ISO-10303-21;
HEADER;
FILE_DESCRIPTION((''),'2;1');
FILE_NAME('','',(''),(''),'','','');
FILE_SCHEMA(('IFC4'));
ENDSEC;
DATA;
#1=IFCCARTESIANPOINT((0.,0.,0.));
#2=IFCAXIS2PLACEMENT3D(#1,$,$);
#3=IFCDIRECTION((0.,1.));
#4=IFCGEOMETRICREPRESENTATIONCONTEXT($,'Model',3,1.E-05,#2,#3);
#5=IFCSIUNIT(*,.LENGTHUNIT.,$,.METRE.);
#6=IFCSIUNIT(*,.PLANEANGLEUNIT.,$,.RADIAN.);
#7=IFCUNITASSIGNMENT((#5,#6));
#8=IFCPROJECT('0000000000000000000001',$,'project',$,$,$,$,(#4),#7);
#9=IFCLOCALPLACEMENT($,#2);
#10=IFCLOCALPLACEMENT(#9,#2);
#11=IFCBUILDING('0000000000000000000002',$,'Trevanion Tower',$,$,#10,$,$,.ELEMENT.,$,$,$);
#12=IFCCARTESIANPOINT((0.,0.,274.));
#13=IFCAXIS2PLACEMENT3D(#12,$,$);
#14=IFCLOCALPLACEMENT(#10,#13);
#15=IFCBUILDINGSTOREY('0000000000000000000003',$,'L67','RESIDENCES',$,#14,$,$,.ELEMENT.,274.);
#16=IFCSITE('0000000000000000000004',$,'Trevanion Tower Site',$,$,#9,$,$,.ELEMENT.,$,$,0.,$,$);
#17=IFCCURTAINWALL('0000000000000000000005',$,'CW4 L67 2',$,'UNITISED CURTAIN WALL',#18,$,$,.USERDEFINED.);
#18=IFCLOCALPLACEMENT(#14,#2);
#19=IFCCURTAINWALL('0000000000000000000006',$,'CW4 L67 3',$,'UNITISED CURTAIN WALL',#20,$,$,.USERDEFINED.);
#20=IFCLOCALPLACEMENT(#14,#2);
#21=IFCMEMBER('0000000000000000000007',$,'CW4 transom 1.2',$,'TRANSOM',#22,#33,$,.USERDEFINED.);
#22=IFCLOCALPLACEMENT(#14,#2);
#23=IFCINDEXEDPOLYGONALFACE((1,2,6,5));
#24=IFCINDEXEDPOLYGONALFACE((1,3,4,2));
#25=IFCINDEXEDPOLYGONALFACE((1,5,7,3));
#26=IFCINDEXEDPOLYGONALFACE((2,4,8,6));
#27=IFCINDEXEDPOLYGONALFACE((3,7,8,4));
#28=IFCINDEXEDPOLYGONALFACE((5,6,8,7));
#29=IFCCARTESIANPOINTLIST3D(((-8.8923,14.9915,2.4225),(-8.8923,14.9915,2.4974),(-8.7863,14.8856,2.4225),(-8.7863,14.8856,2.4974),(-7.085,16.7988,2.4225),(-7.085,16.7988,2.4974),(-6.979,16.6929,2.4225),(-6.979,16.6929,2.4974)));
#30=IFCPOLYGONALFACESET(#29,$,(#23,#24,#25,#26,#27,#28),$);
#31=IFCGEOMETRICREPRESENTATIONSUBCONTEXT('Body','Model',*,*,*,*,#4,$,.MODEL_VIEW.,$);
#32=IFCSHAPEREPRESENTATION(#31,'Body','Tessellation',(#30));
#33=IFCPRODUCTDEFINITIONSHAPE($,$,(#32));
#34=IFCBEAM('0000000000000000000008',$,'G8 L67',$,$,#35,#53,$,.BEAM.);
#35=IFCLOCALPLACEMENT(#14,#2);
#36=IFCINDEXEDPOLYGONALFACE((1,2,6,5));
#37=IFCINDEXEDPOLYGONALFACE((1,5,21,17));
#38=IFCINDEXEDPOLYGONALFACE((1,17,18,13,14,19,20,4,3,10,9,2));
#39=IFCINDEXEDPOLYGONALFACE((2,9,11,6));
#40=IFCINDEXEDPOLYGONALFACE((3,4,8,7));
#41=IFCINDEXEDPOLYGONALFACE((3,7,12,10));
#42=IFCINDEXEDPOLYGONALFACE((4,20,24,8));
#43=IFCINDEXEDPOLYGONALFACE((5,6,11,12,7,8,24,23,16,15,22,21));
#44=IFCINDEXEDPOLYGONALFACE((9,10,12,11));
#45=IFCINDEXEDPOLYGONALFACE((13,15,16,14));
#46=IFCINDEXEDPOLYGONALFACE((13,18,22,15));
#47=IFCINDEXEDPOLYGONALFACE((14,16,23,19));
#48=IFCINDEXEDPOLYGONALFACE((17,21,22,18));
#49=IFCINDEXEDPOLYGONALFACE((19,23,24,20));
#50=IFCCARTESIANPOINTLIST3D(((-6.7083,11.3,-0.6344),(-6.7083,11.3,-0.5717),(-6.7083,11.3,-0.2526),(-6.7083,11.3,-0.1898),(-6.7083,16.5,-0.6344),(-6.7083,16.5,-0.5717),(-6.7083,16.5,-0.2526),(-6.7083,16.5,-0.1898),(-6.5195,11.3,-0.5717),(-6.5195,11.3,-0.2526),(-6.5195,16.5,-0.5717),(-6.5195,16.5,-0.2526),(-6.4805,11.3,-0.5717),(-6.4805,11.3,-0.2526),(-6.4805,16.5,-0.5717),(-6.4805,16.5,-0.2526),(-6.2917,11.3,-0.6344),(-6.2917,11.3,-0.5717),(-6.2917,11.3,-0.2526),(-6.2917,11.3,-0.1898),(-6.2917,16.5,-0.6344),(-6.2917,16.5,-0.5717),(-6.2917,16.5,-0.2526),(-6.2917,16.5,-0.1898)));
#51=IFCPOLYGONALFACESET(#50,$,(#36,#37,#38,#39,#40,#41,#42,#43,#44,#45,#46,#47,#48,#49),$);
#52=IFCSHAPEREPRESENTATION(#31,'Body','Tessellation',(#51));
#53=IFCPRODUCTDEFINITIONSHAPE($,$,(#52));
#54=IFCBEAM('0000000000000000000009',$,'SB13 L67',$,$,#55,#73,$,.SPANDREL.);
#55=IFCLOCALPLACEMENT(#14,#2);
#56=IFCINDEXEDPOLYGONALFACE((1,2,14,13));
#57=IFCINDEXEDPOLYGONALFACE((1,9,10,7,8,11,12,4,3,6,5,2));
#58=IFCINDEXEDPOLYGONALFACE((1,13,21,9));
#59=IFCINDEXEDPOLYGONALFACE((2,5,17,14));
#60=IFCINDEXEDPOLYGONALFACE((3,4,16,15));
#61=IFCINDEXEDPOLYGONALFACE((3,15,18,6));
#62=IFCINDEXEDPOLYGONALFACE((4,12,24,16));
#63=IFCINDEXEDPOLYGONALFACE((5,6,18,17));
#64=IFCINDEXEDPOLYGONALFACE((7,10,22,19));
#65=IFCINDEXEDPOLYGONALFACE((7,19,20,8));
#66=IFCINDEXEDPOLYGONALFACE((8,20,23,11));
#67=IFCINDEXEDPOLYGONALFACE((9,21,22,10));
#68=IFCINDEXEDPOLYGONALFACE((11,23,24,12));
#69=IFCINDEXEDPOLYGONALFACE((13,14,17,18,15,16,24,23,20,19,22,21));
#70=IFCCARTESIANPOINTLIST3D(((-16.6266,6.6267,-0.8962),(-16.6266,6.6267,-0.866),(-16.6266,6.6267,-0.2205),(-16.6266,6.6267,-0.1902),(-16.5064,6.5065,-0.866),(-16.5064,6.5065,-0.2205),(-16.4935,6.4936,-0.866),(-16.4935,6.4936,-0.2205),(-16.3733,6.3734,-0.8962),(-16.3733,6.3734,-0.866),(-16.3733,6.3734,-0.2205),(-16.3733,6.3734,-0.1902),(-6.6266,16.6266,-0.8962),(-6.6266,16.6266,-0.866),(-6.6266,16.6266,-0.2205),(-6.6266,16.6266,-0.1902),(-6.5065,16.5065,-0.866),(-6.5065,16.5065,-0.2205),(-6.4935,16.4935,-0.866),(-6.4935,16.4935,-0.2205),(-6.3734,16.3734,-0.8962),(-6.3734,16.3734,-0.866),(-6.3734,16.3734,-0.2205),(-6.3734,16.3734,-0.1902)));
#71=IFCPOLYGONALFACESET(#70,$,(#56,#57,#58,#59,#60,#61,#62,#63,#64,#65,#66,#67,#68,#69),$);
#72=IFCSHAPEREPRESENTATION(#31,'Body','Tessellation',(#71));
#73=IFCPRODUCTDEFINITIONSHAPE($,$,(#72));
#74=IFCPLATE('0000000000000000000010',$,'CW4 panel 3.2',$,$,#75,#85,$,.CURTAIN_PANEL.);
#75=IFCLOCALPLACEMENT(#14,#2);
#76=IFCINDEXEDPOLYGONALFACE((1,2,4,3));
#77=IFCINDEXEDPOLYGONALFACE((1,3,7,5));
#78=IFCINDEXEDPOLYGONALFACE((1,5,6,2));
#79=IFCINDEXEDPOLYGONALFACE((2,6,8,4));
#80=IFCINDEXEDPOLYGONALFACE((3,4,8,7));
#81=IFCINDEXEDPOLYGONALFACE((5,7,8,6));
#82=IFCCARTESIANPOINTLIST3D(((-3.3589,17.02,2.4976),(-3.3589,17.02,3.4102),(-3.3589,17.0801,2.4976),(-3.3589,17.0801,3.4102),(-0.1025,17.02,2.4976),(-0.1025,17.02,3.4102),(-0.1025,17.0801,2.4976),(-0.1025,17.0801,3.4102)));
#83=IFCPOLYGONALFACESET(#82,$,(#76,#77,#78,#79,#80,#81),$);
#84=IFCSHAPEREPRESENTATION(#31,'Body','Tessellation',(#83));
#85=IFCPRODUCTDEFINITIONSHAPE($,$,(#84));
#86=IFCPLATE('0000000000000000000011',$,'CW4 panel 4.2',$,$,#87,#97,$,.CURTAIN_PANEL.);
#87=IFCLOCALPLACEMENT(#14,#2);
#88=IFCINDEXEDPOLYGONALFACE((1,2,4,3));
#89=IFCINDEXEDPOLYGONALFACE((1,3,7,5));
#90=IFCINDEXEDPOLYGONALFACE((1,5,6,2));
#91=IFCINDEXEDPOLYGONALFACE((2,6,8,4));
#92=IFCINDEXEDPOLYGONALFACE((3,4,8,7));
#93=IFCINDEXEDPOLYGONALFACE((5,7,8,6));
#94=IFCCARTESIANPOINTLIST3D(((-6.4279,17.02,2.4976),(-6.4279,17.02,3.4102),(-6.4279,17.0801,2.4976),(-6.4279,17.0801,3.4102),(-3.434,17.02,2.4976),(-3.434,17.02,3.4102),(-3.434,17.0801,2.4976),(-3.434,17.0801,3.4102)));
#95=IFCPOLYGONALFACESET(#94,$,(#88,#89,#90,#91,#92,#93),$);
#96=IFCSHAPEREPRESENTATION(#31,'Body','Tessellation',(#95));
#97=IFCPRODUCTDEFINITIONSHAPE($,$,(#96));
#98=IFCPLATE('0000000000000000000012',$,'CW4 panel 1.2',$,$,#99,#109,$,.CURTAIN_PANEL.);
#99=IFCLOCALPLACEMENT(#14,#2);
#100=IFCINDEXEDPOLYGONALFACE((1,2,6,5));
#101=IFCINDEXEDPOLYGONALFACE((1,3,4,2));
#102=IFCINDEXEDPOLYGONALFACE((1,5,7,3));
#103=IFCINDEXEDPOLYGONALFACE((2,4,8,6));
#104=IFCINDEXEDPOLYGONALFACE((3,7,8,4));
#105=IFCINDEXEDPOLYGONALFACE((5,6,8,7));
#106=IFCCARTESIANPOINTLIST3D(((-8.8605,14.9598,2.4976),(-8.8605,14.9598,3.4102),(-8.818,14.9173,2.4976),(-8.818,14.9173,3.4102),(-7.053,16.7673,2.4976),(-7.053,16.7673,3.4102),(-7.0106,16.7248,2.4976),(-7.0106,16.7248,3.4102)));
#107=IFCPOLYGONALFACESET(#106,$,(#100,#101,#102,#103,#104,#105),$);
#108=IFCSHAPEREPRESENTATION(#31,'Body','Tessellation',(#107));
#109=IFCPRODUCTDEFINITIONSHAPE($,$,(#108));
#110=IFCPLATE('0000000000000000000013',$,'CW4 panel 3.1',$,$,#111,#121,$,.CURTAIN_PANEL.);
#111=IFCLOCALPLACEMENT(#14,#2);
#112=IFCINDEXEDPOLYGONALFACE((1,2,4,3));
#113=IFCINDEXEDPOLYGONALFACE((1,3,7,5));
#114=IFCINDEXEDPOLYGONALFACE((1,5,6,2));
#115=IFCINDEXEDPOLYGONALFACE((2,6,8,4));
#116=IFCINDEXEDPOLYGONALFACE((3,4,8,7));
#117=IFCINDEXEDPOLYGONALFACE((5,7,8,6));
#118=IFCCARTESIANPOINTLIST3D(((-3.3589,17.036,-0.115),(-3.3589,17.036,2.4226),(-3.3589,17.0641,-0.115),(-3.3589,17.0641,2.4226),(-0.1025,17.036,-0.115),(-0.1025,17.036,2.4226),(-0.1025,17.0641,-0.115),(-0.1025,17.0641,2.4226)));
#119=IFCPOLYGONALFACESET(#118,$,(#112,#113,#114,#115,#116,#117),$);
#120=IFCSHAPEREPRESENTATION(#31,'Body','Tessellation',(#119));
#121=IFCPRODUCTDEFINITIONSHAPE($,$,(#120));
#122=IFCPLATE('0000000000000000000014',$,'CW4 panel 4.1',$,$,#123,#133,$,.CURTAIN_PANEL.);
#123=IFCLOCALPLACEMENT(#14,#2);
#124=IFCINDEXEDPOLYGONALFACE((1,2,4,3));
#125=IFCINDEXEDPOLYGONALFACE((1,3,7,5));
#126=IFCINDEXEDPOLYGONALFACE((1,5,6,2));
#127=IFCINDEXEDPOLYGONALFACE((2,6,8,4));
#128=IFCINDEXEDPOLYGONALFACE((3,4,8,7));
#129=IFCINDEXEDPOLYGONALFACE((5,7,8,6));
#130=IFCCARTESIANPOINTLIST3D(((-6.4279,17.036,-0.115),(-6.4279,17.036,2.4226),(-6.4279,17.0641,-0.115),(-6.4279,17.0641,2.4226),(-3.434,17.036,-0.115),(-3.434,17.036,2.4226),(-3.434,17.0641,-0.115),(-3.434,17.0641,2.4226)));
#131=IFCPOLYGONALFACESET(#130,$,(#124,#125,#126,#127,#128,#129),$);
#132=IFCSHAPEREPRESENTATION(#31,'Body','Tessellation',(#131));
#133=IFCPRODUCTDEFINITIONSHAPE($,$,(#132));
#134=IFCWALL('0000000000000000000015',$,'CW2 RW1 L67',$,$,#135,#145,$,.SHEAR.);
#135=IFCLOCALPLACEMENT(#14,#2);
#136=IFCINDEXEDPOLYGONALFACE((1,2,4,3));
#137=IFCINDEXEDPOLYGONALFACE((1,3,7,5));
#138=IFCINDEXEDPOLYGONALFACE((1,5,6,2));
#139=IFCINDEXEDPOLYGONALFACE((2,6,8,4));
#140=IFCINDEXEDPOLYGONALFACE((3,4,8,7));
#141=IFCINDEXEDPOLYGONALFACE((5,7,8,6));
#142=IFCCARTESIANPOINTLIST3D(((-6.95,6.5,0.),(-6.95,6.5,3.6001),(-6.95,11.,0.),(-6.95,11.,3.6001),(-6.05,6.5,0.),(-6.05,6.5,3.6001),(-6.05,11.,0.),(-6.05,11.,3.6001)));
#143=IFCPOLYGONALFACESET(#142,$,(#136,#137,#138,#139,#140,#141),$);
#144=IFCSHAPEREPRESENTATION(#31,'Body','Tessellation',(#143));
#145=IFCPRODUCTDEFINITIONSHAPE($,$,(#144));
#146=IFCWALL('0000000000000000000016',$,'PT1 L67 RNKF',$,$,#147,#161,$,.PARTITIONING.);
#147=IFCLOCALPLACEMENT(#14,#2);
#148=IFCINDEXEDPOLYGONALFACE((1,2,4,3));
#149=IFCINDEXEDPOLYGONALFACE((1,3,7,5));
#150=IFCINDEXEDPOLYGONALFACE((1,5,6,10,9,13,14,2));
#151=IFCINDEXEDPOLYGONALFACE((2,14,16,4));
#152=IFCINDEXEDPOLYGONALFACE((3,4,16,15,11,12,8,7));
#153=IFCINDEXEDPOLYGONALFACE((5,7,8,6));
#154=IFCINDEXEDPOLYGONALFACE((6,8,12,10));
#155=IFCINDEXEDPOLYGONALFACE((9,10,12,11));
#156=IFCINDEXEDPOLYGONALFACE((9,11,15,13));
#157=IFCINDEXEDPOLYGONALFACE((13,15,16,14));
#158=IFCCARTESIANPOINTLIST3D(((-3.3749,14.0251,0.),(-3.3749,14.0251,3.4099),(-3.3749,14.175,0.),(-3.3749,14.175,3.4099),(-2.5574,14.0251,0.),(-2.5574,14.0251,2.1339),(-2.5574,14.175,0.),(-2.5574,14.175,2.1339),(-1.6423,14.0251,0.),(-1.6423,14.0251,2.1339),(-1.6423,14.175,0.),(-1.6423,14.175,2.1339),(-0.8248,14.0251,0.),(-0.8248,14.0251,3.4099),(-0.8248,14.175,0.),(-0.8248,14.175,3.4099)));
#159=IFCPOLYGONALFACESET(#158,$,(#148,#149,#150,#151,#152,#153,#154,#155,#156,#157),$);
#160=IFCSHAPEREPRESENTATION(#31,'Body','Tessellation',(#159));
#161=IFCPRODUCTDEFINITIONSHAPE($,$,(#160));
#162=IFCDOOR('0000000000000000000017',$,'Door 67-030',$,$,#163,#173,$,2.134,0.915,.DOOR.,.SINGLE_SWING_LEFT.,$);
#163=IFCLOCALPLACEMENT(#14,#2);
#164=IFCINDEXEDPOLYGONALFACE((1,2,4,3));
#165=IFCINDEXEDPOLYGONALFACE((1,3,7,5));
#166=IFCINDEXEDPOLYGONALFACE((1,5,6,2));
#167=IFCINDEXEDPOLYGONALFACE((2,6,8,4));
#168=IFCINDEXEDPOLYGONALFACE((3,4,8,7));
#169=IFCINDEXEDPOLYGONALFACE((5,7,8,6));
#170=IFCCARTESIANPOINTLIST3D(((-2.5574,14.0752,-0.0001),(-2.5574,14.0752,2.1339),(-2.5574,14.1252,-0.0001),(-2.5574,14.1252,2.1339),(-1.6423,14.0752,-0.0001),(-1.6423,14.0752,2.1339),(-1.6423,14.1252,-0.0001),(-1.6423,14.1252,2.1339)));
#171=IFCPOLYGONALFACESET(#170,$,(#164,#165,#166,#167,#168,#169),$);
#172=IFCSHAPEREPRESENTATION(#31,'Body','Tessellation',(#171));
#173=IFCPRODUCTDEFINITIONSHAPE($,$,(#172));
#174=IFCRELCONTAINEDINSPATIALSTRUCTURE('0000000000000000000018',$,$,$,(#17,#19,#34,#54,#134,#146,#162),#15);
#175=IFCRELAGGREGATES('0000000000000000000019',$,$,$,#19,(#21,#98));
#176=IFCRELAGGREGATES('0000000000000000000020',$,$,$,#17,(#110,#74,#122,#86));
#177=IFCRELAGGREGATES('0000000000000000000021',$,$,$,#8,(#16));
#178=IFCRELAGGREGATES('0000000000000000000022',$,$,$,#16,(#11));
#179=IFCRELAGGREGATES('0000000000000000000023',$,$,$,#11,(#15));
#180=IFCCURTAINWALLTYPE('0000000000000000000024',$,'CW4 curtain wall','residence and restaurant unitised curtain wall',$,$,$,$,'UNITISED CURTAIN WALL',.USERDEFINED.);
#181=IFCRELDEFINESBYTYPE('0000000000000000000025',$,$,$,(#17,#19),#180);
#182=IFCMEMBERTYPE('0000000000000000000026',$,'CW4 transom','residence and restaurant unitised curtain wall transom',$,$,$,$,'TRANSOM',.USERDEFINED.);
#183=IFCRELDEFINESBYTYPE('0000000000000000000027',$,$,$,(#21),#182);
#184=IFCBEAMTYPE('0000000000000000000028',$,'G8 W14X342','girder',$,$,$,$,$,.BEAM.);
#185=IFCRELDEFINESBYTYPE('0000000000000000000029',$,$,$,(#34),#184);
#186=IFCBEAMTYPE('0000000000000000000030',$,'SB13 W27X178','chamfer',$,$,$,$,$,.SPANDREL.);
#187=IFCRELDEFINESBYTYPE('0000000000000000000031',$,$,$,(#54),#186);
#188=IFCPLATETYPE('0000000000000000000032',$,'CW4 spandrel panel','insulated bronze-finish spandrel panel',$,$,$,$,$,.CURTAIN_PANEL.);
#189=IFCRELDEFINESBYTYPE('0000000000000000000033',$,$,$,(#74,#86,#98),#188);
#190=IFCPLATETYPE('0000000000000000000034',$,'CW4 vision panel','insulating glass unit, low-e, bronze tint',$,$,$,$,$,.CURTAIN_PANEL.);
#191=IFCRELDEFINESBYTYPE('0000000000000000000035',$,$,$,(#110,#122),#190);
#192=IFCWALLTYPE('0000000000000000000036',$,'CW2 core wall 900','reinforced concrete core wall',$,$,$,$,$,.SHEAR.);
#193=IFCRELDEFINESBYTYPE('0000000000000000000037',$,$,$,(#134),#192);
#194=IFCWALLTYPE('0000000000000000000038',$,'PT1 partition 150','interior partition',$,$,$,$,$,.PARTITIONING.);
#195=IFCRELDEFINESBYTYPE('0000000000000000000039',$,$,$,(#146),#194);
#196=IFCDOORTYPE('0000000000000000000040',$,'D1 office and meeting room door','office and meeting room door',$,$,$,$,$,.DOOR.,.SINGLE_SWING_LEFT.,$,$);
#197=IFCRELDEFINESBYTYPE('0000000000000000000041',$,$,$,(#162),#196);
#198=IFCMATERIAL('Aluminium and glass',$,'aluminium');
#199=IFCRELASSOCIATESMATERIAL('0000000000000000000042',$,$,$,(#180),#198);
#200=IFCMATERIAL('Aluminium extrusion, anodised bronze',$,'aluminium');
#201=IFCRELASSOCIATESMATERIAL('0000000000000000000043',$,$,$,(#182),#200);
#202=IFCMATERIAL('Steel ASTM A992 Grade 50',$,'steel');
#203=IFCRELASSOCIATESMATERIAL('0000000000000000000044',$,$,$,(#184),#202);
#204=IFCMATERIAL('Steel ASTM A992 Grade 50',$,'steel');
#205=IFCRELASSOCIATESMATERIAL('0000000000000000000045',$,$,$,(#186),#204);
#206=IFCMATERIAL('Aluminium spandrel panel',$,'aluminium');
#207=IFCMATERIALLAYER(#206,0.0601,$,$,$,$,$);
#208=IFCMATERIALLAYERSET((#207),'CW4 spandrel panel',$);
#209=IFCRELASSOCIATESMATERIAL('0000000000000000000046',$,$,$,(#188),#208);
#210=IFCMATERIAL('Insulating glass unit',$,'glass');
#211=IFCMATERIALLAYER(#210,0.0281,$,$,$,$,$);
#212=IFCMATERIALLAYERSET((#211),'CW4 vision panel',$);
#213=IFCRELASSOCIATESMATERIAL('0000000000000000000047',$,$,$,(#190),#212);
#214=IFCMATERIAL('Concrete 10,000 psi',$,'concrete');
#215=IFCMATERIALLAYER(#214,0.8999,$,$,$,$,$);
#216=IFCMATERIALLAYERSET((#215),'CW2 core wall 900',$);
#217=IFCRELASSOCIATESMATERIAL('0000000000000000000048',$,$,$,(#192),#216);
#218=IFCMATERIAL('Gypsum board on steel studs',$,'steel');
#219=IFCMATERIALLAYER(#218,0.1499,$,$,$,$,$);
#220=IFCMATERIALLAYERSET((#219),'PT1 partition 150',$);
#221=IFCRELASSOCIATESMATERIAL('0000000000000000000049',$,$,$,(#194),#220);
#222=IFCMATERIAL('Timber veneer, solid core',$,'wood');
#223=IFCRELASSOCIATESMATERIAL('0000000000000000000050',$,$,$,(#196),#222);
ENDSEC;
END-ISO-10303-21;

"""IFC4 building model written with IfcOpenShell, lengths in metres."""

from ifc_helpers import new_model, si_unit, direction, frame, frame_2d, origin, origin_2d, place, context, subcontext, project, spatial, rectangle, i_section, extrude, material, layer, layer_set, material_profile, profile_set, type_object, element, fill, aggregate, save


model = new_model("IFC4")

# Units and contexts
model_context = context("Model", 3, precision=1e-05, world=origin(), true_north=direction((0.0, 1.0)))
body_context = subcontext(model_context, "Body", "Model", "MODEL_VIEW")
ifc_project = project(units=[si_unit("LENGTHUNIT", "METRE"), si_unit("PLANEANGLEUNIT", "RADIAN")], contexts=[model_context])

# Site, building, storey
site_placement = place(None, origin())
site = spatial("IfcSite", under=ifc_project, at=site_placement, Name="Trevanion Tower Site", CompositionType="ELEMENT", RefElevation=0.0)
building_placement = place(site_placement, origin())
building = spatial("IfcBuilding", under=site, at=building_placement, Name="Trevanion Tower", CompositionType="ELEMENT")
storey_placement = place(building_placement, frame((0.0, 0.0, 274.0)))
storey = spatial("IfcBuildingStorey", under=building, at=storey_placement, Name="L67", Description="RESIDENCES", CompositionType="ELEMENT", Elevation=274.0)

# Curtain wall
ifc_material_1 = material(Name="Aluminium and glass", Category="aluminium")
curtain_wall_type = type_object("IfcCurtainWallType", Name="CW4 curtain wall", Description="residence and restaurant unitised curtain wall", ElementType="UNITISED CURTAIN WALL", PredefinedType="USERDEFINED", material=ifc_material_1)
curtain_wall_1_placement = place(storey_placement, origin())
curtain_wall_1 = element("IfcCurtainWall", 1, at=curtain_wall_1_placement, inside=storey, type_object=curtain_wall_type, Name="CW4 L67 2", ObjectType="UNITISED CURTAIN WALL", PredefinedType="USERDEFINED")

# Curtain wall
curtain_wall_2_placement = place(storey_placement, origin())
curtain_wall_2 = element("IfcCurtainWall", 2, at=curtain_wall_2_placement, inside=storey, type_object=curtain_wall_type, Name="CW4 L67 3", ObjectType="UNITISED CURTAIN WALL", PredefinedType="USERDEFINED")

# Member
ifc_material_2 = material(Name="Aluminium extrusion, anodised bronze", Category="aluminium")
ifc_material_profile_1 = material_profile(ifc_material_2, rectangle(XDim=0.1499, YDim=0.075, at=origin_2d()), Name="CW4 transom")
ifc_profile_set_1 = profile_set([ifc_material_profile_1], Name="Aluminium extrusion, anodised bronze")
member_type_1 = type_object("IfcMemberType", Name="CW4 transom", Description="residence and restaurant unitised curtain wall transom", ElementType="TRANSOM", PredefinedType="USERDEFINED", material=ifc_profile_set_1)
member_1_placement = place(storey_placement, frame((-7.032, 16.7458, 2.46), z_axis=(-0.707107, -0.707107, 0.0), x_axis=(0.707107, -0.707107, 0.0)))
member_1 = element("IfcMember", 3, at=member_1_placement, type_object=member_type_1, Name="CW4 transom 1.2", ObjectType="TRANSOM", PredefinedType="USERDEFINED", context=body_context, shape_type="SweptSolid", body=[
    extrude(rectangle(XDim=0.1499, YDim=0.075, at=origin_2d()), origin(), (0.0, 0.0, 1.0), 2.5559),
])

# Beams
ifc_material_3 = material(Name="Steel ASTM A992 Grade 50", Category="steel")
ifc_material_profile_2 = material_profile(ifc_material_3, i_section(OverallWidth=0.4165, OverallDepth=0.4446, WebThickness=0.0391, FlangeThickness=0.0627, at=origin_2d()), Name="W14X342")
ifc_profile_set_2 = profile_set([ifc_material_profile_2], Name="Steel ASTM A992 Grade 50")
beam_type_1 = type_object("IfcBeamType", Name="G8 W14X342", Description="girder", PredefinedType="BEAM", material=ifc_profile_set_2)
beam_1_placement = place(storey_placement, frame((-6.5, 11.3, -0.4121), z_axis=(0.0, 1.0, 0.0), x_axis=(-1.0, 0.0, 0.0)))
element("IfcBeam", 4, at=beam_1_placement, inside=storey, type_object=beam_type_1, Name="G8 L67", PredefinedType="BEAM", context=body_context, shape_type="SweptSolid", body=[
    extrude(i_section(OverallWidth=0.4165, OverallDepth=0.4446, WebThickness=0.0391, FlangeThickness=0.0627, at=origin_2d()), origin(), (0.0, 0.0, 1.0), 5.2),
])
ifc_material_4 = material(Name="Steel ASTM A992 Grade 50", Category="steel")
ifc_material_profile_3 = material_profile(ifc_material_4, i_section(OverallWidth=0.3582, OverallDepth=0.7061, WebThickness=0.0183, FlangeThickness=0.0303, at=origin_2d()), Name="W27X178")
ifc_profile_set_3 = profile_set([ifc_material_profile_3], Name="Steel ASTM A992 Grade 50")
beam_type_2 = type_object("IfcBeamType", Name="SB13 W27X178", Description="chamfer", PredefinedType="SPANDREL", material=ifc_profile_set_3)
beam_2_placement = place(storey_placement, frame((-6.5, 16.5, -0.5432), z_axis=(-0.707107, -0.707107, 0.0), x_axis=(0.707107, -0.707107, 0.0)))
element("IfcBeam", 5, at=beam_2_placement, inside=storey, type_object=beam_type_2, Name="SB13 L67", PredefinedType="SPANDREL", context=body_context, shape_type="SweptSolid", body=[
    extrude(i_section(OverallWidth=0.3582, OverallDepth=0.7061, WebThickness=0.0183, FlangeThickness=0.0303, at=origin_2d()), origin(), (0.0, 0.0, 1.0), 14.1421),
])

# Plates
ifc_material_5 = material(Name="Aluminium spandrel panel", Category="aluminium")
ifc_layer_1 = layer(ifc_material_5, 0.0601)
ifc_layer_set_1 = layer_set([ifc_layer_1], Name="CW4 spandrel panel")
plate_type_1 = type_object("IfcPlateType", Name="CW4 spandrel panel", Description="insulated bronze-finish spandrel panel", PredefinedType="CURTAIN_PANEL", material=ifc_layer_set_1)
plate_1_placement = place(storey_placement, frame((-1.7307, 17.05, 2.4976), z_axis=(0.0, 0.0, 1.0), x_axis=(-1.0, 0.0, 0.0)))
plate_1 = element("IfcPlate", 6, at=plate_1_placement, type_object=plate_type_1, Name="CW4 panel 3.2", PredefinedType="CURTAIN_PANEL", context=body_context, shape_type="SweptSolid", body=[
    extrude(rectangle(XDim=3.2563, YDim=0.0601, at=origin_2d()), origin(), (0.0, 0.0, 1.0), 0.9126),
])
plate_2_placement = place(storey_placement, frame((-4.9309, 17.05, 2.4976), z_axis=(0.0, 0.0, 1.0), x_axis=(-1.0, 0.0, 0.0)))
plate_2 = element("IfcPlate", 7, at=plate_2_placement, type_object=plate_type_1, Name="CW4 panel 4.2", PredefinedType="CURTAIN_PANEL", context=body_context, shape_type="SweptSolid", body=[
    extrude(rectangle(XDim=2.9939, YDim=0.0601, at=origin_2d()), origin(), (0.0, 0.0, 1.0), 0.9126),
])
plate_3_placement = place(storey_placement, frame((-7.9355, 15.8423, 2.4976), z_axis=(0.0, 0.0, 1.0), x_axis=(-0.707107, -0.707107, 0.0)))
plate_3 = element("IfcPlate", 8, at=plate_3_placement, type_object=plate_type_1, Name="CW4 panel 1.2", PredefinedType="CURTAIN_PANEL", context=body_context, shape_type="SweptSolid", body=[
    extrude(rectangle(XDim=2.5562, YDim=0.0601, at=origin_2d()), origin(), (0.0, 0.0, 1.0), 0.9126),
])
aggregate(curtain_wall_2, [member_1, plate_3])
ifc_material_6 = material(Name="Insulating glass unit", Category="glass")
ifc_layer_2 = layer(ifc_material_6, 0.0281)
ifc_layer_set_2 = layer_set([ifc_layer_2], Name="CW4 vision panel")
plate_type_2 = type_object("IfcPlateType", Name="CW4 vision panel", Description="insulating glass unit, low-e, bronze tint", PredefinedType="CURTAIN_PANEL", material=ifc_layer_set_2)
plate_4_placement = place(storey_placement, frame((-1.7307, 17.05, -0.115), z_axis=(0.0, 0.0, 1.0), x_axis=(-1.0, 0.0, 0.0)))
plate_4 = element("IfcPlate", 9, at=plate_4_placement, type_object=plate_type_2, Name="CW4 panel 3.1", PredefinedType="CURTAIN_PANEL", context=body_context, shape_type="SweptSolid", body=[
    extrude(rectangle(XDim=3.2563, YDim=0.0281, at=origin_2d()), origin(), (0.0, 0.0, 1.0), 2.5376),
])
plate_5_placement = place(storey_placement, frame((-4.9309, 17.05, -0.115), z_axis=(0.0, 0.0, 1.0), x_axis=(-1.0, 0.0, 0.0)))
plate_5 = element("IfcPlate", 10, at=plate_5_placement, type_object=plate_type_2, Name="CW4 panel 4.1", PredefinedType="CURTAIN_PANEL", context=body_context, shape_type="SweptSolid", body=[
    extrude(rectangle(XDim=2.9939, YDim=0.0281, at=origin_2d()), origin(), (0.0, 0.0, 1.0), 2.5376),
])
aggregate(curtain_wall_1, [plate_4, plate_1, plate_5, plate_2])

# Wall
ifc_material_7 = material(Name="Concrete 10,000 psi", Category="concrete")
ifc_layer_3 = layer(ifc_material_7, 0.8999)
ifc_layer_set_3 = layer_set([ifc_layer_3], Name="CW2 core wall 900")
wall_type_1 = type_object("IfcWallType", Name="CW2 core wall 900", Description="reinforced concrete core wall", PredefinedType="SHEAR", material=ifc_layer_set_3)
wall_1_placement = place(storey_placement, frame((-6.5, 11.0, 0.0), z_axis=(0.0, 0.0, 1.0), x_axis=(0.0, -1.0, 0.0)))
element("IfcWall", 11, at=wall_1_placement, inside=storey, type_object=wall_type_1, Name="CW2 RW1 L67", PredefinedType="SHEAR", context=body_context, shape_type="SweptSolid", body=[
    extrude(rectangle(XDim=4.5, YDim=0.8999, at=frame_2d((2.25, 0.0))), origin(), (0.0, 0.0, 1.0), 3.6001),
])

# Wall, opening, door
ifc_material_8 = material(Name="Gypsum board on steel studs", Category="steel")
ifc_layer_4 = layer(ifc_material_8, 0.1499)
ifc_layer_set_4 = layer_set([ifc_layer_4], Name="PT1 partition 150")
wall_type_2 = type_object("IfcWallType", Name="PT1 partition 150", Description="interior partition", PredefinedType="PARTITIONING", material=ifc_layer_set_4)
wall_2_placement = place(storey_placement, frame((-0.825, 14.1001, 0.0), z_axis=(0.0, 0.0, 1.0), x_axis=(-1.0, 0.0, 0.0)))
wall_2 = element("IfcWall", 12, at=wall_2_placement, inside=storey, type_object=wall_type_2, Name="PT1 L67 RNKF", PredefinedType="PARTITIONING", context=body_context, shape_type="SweptSolid", body=[
    extrude(rectangle(XDim=2.55, YDim=0.1499, at=frame_2d((1.2749, 0.0))), origin(), (0.0, 0.0, 1.0), 3.4099),
])
opening_placement = place(wall_2_placement, frame((0.8174, 0.0, 0.0)))
opening = element("IfcOpeningElement", 13, at=opening_placement, cuts=wall_2, PredefinedType="OPENING", context=body_context, shape_type="SweptSolid", body=[
    extrude(rectangle(XDim=0.915, YDim=2.134, at=frame_2d((0.4575, 1.0669))), frame((0.0, 0.085, 0.0), z_axis=(0.0, -1.0, 0.0), x_axis=(1.0, 0.0, 0.0)), (0.0, 0.0, 1.0), 0.1699),
])
ifc_material_9 = material(Name="Timber veneer, solid core", Category="wood")
door_type = type_object("IfcDoorType", Name="D1 office and meeting room door", Description="office and meeting room door", OperationType="SINGLE_SWING_LEFT", PredefinedType="DOOR", material=ifc_material_9)
door_placement = place(opening_placement, origin())
door = element("IfcDoor", 14, at=door_placement, inside=storey, type_object=door_type, Name="Door 67-030", OperationType="SINGLE_SWING_LEFT", OverallHeight=2.134, OverallWidth=0.915, PredefinedType="DOOR", context=body_context, shape_type="SweptSolid", body=[
    extrude(rectangle(XDim=0.915, YDim=2.134, at=frame_2d((0.4575, 1.0669))), frame((0.0, 0.0249, 0.0), z_axis=(0.0, -1.0, 0.0), x_axis=(1.0, 0.0, 0.0)), (0.0, 0.0, 1.0), 0.05),
])
fill(opening, door)

save(model, "model.ifc")
